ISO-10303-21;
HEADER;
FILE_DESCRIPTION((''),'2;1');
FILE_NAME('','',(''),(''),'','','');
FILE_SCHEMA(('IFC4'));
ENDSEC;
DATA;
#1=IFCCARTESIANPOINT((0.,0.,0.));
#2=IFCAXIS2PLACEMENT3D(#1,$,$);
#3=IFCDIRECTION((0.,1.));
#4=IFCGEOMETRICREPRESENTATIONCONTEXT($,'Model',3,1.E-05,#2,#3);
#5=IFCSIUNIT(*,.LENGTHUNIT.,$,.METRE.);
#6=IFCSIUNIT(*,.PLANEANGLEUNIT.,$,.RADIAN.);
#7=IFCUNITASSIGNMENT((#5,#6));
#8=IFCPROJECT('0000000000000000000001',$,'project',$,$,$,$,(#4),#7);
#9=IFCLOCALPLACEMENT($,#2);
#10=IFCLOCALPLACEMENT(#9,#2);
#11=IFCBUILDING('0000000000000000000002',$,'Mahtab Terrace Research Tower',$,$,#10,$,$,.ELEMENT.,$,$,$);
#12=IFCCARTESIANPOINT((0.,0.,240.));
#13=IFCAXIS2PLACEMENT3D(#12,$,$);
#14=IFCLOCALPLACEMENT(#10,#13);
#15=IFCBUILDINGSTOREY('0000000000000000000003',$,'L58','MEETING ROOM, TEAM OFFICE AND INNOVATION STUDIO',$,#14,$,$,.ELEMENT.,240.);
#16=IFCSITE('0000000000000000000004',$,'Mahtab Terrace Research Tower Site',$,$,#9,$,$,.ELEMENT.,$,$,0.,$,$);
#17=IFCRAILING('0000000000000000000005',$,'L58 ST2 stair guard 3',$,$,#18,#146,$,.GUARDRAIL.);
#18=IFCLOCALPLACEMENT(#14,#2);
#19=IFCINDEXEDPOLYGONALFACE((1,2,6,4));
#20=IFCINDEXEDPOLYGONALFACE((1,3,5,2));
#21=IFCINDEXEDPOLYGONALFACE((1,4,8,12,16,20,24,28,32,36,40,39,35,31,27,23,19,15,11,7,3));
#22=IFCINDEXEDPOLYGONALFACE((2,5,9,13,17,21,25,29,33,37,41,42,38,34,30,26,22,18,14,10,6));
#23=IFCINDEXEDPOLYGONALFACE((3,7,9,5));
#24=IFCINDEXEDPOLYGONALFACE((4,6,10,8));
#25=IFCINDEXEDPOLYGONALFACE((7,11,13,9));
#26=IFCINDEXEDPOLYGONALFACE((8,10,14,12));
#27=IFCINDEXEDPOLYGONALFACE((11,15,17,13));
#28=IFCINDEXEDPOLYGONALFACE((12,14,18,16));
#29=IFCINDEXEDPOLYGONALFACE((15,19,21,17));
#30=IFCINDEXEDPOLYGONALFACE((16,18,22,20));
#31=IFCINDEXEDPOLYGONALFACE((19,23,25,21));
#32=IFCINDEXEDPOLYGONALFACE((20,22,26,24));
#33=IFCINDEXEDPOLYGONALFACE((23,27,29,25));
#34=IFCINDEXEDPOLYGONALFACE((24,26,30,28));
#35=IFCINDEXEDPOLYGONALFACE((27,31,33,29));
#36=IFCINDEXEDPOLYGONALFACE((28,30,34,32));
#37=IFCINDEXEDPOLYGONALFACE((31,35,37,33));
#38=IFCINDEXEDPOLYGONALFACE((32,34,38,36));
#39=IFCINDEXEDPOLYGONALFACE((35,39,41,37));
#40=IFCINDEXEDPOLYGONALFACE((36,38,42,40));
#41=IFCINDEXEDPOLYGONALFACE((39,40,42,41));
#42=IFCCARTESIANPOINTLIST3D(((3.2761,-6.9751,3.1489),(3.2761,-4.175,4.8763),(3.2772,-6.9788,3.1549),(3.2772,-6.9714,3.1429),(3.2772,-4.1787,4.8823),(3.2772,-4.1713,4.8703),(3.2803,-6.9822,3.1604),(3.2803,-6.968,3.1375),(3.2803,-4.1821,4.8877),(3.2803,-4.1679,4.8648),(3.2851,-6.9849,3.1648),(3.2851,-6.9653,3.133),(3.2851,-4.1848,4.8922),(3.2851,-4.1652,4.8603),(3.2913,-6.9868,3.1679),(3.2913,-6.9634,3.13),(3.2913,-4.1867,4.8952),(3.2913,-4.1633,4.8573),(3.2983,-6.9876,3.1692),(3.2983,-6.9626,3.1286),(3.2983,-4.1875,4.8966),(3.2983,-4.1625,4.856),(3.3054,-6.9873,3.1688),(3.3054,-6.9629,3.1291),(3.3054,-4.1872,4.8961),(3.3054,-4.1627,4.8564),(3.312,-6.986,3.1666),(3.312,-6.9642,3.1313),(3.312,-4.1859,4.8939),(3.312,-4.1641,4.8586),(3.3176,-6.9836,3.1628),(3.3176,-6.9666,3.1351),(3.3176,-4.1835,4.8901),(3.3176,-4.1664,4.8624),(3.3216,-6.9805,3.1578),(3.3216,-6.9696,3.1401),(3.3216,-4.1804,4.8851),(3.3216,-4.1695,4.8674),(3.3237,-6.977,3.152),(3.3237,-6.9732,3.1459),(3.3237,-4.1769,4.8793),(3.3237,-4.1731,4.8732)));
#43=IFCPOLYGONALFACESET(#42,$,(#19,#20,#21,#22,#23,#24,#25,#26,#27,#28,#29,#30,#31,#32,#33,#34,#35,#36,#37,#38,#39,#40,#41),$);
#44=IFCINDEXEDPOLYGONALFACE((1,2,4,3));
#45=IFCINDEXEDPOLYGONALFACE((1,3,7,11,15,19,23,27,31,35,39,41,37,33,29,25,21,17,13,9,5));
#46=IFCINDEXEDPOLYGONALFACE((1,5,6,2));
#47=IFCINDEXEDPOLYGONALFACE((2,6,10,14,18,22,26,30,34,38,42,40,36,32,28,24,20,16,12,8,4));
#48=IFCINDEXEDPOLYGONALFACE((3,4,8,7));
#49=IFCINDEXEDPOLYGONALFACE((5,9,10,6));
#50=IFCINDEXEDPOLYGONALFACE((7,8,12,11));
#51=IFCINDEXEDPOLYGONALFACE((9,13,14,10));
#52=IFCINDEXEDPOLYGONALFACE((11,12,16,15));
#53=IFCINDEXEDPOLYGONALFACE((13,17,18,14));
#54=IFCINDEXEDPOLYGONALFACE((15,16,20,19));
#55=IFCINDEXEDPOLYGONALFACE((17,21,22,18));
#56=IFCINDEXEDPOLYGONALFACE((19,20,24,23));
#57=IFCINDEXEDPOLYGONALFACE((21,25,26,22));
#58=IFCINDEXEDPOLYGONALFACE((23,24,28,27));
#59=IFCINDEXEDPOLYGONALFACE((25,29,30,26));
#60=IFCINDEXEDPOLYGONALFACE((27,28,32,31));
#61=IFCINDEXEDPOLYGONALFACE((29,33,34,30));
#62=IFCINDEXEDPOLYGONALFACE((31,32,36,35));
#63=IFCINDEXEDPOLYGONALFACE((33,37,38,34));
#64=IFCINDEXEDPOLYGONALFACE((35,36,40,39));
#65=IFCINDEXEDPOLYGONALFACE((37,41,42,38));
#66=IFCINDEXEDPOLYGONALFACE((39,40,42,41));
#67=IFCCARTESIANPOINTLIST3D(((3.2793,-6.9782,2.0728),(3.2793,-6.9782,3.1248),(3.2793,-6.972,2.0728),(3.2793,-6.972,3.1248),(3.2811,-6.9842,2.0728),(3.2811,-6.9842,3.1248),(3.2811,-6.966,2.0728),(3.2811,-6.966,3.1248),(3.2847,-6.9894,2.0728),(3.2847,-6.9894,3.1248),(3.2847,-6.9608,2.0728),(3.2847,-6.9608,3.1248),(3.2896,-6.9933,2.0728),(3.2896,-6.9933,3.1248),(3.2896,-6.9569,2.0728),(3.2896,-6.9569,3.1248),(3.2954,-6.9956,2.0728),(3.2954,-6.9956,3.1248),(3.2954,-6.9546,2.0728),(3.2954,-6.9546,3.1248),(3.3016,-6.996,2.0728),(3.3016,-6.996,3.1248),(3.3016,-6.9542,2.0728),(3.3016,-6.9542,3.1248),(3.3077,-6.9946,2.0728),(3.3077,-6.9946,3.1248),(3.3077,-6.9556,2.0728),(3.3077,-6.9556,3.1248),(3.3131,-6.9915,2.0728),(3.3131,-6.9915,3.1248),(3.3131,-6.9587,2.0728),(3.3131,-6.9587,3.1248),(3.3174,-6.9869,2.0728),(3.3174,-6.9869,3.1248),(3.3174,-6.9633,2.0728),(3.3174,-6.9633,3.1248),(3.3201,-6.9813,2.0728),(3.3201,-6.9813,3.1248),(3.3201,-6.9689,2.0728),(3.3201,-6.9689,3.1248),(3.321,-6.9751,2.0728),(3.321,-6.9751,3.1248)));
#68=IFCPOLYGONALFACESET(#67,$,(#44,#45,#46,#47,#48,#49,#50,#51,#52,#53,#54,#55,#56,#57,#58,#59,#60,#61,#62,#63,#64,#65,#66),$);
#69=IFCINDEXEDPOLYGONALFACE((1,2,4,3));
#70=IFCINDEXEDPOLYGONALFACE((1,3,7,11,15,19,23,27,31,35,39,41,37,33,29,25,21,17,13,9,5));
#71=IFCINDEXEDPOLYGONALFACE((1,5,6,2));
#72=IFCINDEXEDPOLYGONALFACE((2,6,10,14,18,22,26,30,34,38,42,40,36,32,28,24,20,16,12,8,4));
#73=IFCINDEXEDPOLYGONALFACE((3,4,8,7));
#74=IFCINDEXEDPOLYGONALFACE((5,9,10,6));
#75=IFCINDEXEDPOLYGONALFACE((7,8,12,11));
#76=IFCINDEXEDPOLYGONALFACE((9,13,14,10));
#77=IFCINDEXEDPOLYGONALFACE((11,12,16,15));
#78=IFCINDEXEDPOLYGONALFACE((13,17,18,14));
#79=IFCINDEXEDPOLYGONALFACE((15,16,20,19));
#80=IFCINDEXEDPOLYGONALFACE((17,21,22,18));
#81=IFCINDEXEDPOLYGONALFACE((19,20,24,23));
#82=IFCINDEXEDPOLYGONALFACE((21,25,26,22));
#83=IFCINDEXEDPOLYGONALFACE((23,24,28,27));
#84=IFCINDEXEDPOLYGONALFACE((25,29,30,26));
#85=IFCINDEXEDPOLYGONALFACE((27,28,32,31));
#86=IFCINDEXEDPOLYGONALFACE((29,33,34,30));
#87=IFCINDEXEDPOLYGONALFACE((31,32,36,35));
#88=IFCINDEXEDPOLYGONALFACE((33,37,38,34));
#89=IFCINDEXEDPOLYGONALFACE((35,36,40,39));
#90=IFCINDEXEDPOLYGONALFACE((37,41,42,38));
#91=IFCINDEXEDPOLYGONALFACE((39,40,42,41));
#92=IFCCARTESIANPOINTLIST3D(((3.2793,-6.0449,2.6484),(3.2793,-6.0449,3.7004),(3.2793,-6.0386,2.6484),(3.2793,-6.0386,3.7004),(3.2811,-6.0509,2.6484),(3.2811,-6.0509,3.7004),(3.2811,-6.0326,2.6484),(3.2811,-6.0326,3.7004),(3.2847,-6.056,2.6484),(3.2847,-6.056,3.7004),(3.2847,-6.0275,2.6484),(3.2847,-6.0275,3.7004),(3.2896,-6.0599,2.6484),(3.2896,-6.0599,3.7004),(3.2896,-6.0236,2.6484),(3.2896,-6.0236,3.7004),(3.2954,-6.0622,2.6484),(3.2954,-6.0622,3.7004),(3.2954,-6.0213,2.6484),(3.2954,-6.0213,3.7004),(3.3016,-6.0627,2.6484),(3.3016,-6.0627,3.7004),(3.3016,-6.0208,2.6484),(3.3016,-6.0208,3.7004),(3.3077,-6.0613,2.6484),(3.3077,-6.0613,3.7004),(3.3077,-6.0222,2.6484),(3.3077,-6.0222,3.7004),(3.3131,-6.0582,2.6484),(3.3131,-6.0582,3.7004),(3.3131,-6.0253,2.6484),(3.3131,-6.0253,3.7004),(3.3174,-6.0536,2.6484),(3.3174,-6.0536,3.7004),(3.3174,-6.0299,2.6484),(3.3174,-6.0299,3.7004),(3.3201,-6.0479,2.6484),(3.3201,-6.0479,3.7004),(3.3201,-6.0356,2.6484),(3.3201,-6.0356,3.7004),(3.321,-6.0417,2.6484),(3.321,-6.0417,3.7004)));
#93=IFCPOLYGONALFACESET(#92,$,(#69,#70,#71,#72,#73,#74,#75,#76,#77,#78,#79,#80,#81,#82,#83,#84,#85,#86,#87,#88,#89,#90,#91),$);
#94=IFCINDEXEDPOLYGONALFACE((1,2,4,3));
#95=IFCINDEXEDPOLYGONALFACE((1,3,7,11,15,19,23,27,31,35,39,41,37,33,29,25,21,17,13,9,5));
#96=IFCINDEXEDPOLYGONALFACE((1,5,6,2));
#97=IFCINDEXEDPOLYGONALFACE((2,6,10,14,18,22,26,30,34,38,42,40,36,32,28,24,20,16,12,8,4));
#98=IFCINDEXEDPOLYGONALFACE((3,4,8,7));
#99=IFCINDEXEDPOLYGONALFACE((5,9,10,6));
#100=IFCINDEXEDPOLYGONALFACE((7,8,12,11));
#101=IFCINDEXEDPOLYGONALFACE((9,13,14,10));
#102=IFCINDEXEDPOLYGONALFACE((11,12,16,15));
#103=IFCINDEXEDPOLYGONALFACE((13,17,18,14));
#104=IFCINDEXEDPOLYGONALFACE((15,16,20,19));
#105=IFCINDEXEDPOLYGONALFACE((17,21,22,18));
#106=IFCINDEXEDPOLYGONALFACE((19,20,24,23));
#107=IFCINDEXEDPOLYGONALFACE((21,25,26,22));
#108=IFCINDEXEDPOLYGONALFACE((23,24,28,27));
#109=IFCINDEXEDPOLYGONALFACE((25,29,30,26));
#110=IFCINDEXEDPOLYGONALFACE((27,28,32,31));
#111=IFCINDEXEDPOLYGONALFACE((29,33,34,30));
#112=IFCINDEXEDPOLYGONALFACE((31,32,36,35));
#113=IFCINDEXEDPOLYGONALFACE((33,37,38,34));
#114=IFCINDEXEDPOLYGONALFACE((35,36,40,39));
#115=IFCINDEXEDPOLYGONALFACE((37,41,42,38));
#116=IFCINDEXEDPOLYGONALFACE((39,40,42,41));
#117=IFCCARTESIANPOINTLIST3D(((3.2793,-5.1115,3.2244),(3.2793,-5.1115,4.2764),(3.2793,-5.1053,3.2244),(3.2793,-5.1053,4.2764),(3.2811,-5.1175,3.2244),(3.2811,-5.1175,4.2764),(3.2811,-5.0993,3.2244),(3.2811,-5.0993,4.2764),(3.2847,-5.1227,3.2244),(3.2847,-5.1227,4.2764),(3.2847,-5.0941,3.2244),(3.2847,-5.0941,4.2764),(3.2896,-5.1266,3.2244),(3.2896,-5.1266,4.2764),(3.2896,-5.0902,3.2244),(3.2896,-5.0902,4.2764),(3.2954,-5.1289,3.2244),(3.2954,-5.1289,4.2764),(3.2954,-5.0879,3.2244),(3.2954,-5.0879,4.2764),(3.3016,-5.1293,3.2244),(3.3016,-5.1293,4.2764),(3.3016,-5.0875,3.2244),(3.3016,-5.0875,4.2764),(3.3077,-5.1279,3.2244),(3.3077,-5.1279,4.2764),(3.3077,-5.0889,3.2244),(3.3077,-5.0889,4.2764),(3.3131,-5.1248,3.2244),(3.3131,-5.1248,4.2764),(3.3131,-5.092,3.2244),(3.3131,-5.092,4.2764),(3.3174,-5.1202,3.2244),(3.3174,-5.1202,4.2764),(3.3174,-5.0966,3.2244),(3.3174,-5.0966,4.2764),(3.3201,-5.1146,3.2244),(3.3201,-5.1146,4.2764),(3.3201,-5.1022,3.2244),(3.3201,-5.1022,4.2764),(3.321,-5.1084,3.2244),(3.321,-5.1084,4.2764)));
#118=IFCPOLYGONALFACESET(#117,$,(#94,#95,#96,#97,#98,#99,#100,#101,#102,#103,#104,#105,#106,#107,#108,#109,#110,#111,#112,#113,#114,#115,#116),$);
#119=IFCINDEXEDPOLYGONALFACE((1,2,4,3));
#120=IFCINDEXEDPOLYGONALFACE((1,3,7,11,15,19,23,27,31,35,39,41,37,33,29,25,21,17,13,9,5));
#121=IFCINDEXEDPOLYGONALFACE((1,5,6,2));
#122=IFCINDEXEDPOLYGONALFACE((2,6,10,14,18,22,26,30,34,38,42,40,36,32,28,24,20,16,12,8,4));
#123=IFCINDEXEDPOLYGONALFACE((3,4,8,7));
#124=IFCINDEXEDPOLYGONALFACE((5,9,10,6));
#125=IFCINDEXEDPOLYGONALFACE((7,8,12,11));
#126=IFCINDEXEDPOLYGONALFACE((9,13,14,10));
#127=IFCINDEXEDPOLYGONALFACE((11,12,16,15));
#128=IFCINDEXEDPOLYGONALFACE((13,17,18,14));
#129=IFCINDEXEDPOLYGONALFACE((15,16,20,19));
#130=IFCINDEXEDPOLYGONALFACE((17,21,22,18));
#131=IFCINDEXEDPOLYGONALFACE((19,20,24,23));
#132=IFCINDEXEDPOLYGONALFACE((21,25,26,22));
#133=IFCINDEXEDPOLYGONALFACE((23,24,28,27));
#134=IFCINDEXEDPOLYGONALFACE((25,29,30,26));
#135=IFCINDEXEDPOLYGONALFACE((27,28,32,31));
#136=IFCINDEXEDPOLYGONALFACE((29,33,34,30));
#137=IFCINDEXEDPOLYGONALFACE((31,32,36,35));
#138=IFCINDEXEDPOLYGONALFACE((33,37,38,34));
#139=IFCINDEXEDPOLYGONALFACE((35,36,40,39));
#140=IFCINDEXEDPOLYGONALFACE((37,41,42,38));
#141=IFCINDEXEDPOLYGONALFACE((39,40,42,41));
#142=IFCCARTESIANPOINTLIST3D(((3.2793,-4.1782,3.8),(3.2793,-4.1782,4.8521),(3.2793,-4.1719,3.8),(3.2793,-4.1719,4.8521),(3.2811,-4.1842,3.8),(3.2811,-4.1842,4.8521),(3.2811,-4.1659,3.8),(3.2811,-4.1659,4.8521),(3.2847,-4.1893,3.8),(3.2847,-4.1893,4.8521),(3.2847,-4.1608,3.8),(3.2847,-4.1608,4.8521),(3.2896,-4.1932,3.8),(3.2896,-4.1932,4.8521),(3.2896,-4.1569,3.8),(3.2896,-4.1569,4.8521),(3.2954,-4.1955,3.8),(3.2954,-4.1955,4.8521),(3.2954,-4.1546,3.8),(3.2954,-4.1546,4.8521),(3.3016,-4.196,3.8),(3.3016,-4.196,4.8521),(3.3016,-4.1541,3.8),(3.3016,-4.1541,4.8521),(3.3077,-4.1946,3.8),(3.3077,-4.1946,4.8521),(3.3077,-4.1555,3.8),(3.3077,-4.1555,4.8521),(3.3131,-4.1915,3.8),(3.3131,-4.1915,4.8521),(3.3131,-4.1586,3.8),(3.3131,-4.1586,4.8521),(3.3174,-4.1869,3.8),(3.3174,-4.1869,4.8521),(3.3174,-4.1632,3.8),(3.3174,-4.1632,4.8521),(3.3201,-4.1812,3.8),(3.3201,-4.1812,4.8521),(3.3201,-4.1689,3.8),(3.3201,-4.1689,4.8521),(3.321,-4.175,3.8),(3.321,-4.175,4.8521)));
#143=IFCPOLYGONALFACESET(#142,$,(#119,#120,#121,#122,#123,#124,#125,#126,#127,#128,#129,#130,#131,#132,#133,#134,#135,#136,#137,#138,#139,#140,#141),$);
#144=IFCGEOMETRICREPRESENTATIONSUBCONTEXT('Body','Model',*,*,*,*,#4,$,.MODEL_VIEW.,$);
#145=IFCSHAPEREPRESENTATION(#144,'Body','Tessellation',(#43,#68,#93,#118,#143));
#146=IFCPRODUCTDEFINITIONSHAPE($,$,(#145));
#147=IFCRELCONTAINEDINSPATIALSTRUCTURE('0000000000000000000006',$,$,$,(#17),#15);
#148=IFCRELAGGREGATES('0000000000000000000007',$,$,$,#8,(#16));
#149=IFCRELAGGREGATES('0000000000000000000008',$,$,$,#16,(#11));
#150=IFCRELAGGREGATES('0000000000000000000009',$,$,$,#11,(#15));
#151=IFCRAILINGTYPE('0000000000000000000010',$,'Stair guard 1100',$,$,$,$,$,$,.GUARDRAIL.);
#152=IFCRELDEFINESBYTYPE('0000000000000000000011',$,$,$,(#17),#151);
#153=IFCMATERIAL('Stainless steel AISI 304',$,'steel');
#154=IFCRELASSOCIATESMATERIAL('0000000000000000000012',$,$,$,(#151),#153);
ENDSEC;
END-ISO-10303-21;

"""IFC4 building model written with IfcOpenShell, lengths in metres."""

from ifc_helpers import new_model, si_unit, direction, frame, origin, origin_2d, place, context, subcontext, project, spatial, circle, extrude, material, type_object, element, save


model = new_model("IFC4")

# Units and contexts
model_context = context("Model", 3, precision=1e-05, world=origin(), true_north=direction((0.0, 1.0)))
body_context = subcontext(model_context, "Body", "Model", "MODEL_VIEW")
ifc_project = project(units=[si_unit("LENGTHUNIT", "METRE"), si_unit("PLANEANGLEUNIT", "RADIAN")], contexts=[model_context])

# Site, building, storey
site_placement = place(None, origin())
site = spatial("IfcSite", under=ifc_project, at=site_placement, Name="Mahtab Terrace Research Tower Site", CompositionType="ELEMENT", RefElevation=0.0)
building_placement = place(site_placement, origin())
building = spatial("IfcBuilding", under=site, at=building_placement, Name="Mahtab Terrace Research Tower", CompositionType="ELEMENT")
storey_placement = place(building_placement, frame((0.0, 0.0, 240.0)))
storey = spatial("IfcBuildingStorey", under=building, at=storey_placement, Name="L58", Description="MEETING ROOM, TEAM OFFICE AND INNOVATION STUDIO", CompositionType="ELEMENT", Elevation=240.0)

# Railing
ifc_material_1 = material(Name="Stainless steel AISI 304", Category="steel")
railing_type_1 = type_object("IfcRailingType", Name="Stair guard 1100", PredefinedType="GUARDRAIL", material=ifc_material_1)
railing_1_placement = place(storey_placement, frame((3.3, -6.9751, 2.0728)))
element("IfcRailing", 1, at=railing_1_placement, inside=storey, type_object=railing_type_1, Name="L58 ST2 stair guard 3", PredefinedType="GUARDRAIL", context=body_context, shape_type="SweptSolid", body=[
    extrude(circle(Radius=0.0239, at=origin_2d()), frame((0.0, 0.0, 1.0762), z_axis=(0.0, 0.85109, 0.52502), x_axis=(-1.0, 0.0, 0.0)), (0.0, 0.0, 1.0), 3.29),
    extrude(circle(Radius=0.021, at=origin_2d()), origin(), (0.0, 0.0, 1.0), 1.052),
    extrude(circle(Radius=0.021, at=origin_2d()), frame((0.0, 0.9333, 0.5757)), (0.0, 0.0, 1.0), 1.052),
    extrude(circle(Radius=0.021, at=origin_2d()), frame((0.0, 1.8667, 1.1516)), (0.0, 0.0, 1.0), 1.052),
    extrude(circle(Radius=0.021, at=origin_2d()), frame((0.0, 2.8, 1.7273)), (0.0, 0.0, 1.0), 1.052),
])

save(model, "model.ifc")
